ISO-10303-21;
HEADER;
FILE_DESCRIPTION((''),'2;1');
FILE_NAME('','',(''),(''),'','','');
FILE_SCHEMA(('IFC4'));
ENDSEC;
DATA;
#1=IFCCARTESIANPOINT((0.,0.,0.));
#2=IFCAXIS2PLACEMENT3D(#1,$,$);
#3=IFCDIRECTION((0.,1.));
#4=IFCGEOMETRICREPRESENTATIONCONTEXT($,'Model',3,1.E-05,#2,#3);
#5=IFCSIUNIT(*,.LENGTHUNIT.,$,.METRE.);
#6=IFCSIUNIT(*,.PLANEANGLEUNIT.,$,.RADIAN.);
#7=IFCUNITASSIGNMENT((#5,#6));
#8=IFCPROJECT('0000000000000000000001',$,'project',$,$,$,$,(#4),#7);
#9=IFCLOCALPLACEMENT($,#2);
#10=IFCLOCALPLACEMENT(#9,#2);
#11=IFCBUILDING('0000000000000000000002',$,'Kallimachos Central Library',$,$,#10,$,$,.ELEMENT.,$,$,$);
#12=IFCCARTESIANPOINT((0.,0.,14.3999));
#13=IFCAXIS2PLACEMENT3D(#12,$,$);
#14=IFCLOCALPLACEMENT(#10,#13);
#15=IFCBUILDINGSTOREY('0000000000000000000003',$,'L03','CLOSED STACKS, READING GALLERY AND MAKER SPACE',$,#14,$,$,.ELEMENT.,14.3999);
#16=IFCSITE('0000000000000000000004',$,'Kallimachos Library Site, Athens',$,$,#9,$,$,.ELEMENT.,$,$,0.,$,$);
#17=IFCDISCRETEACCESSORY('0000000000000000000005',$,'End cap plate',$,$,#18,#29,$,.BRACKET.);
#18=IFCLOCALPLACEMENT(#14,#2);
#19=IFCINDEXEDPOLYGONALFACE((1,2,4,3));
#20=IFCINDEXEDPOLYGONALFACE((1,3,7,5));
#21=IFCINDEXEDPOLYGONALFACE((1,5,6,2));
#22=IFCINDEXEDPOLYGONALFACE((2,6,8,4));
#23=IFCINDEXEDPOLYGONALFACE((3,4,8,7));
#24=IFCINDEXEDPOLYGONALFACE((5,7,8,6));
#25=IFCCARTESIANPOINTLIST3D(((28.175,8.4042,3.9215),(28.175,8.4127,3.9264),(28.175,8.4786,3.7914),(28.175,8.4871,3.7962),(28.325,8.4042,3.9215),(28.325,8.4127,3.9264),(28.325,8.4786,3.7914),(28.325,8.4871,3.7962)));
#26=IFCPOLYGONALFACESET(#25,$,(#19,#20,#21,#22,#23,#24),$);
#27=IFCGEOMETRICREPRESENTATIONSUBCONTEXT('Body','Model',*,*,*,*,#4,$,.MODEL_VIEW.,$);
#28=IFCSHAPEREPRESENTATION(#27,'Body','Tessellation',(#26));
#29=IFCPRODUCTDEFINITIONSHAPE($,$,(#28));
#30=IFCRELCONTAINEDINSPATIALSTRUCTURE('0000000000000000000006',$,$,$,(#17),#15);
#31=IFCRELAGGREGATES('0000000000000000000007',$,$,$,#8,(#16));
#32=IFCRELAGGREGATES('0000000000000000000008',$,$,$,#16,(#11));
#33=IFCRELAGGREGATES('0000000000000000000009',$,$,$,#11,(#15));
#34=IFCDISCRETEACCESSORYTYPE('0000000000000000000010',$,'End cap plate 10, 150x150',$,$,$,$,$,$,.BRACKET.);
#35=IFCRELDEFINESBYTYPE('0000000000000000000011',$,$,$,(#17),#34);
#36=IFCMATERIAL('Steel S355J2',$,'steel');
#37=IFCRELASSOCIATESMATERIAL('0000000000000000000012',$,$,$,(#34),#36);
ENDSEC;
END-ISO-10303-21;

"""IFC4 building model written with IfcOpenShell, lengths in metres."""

from ifc_helpers import new_model, si_unit, direction, frame, origin, origin_2d, place, context, subcontext, project, spatial, rectangle, extrude, material, material_profile, profile_set, type_object, element, save


model = new_model("IFC4")

# Units and contexts
model_context = context("Model", 3, precision=1e-05, world=origin(), true_north=direction((0.0, 1.0)))
body_context = subcontext(model_context, "Body", "Model", "MODEL_VIEW")
ifc_project = project(units=[si_unit("LENGTHUNIT", "METRE"), si_unit("PLANEANGLEUNIT", "RADIAN")], contexts=[model_context])

# Site, building, storey
site_placement = place(None, origin())
site = spatial("IfcSite", under=ifc_project, at=site_placement, Name="Kallimachos Library Site, Athens", CompositionType="ELEMENT", RefElevation=0.0)
building_placement = place(site_placement, origin())
building = spatial("IfcBuilding", under=site, at=building_placement, Name="Kallimachos Central Library", CompositionType="ELEMENT")
storey_placement = place(building_placement, frame((0.0, 0.0, 14.3999)))
storey = spatial("IfcBuildingStorey", under=building, at=storey_placement, Name="L03", Description="CLOSED STACKS, READING GALLERY AND MAKER SPACE", CompositionType="ELEMENT", Elevation=14.3999)

# Discrete accessory
ifc_material_1 = material(Name="Steel S355J2", Category="steel")
ifc_material_profile_1 = material_profile(ifc_material_1, rectangle(XDim=0.1499, YDim=0.1499, at=origin_2d()), Name="End cap plate 10, 150x150")
ifc_profile_set_1 = profile_set([ifc_material_profile_1], Name="Steel S355J2")
discrete_accessory_type = type_object("IfcDiscreteAccessoryType", Name="End cap plate 10, 150x150", PredefinedType="BRACKET", material=ifc_profile_set_1)
for number, where, z_axis, x_axis, name in (
    (1, (28.25, 8.4414, 3.8564), (0.0, 0.868243, 0.496139), (-1.0, 0.0, 0.0), "End cap plate"),
):
    element("IfcDiscreteAccessory", number, at=place(storey_placement, frame(where, z_axis=z_axis, x_axis=x_axis)), inside=storey, type_object=discrete_accessory_type, Name=name, PredefinedType="BRACKET", context=body_context, shape_type="SweptSolid", body=[
        extrude(rectangle(XDim=0.1499, YDim=0.1499, at=origin_2d()), origin(), (0.0, 0.0, 1.0), 0.0098),
    ])

save(model, "model.ifc")
